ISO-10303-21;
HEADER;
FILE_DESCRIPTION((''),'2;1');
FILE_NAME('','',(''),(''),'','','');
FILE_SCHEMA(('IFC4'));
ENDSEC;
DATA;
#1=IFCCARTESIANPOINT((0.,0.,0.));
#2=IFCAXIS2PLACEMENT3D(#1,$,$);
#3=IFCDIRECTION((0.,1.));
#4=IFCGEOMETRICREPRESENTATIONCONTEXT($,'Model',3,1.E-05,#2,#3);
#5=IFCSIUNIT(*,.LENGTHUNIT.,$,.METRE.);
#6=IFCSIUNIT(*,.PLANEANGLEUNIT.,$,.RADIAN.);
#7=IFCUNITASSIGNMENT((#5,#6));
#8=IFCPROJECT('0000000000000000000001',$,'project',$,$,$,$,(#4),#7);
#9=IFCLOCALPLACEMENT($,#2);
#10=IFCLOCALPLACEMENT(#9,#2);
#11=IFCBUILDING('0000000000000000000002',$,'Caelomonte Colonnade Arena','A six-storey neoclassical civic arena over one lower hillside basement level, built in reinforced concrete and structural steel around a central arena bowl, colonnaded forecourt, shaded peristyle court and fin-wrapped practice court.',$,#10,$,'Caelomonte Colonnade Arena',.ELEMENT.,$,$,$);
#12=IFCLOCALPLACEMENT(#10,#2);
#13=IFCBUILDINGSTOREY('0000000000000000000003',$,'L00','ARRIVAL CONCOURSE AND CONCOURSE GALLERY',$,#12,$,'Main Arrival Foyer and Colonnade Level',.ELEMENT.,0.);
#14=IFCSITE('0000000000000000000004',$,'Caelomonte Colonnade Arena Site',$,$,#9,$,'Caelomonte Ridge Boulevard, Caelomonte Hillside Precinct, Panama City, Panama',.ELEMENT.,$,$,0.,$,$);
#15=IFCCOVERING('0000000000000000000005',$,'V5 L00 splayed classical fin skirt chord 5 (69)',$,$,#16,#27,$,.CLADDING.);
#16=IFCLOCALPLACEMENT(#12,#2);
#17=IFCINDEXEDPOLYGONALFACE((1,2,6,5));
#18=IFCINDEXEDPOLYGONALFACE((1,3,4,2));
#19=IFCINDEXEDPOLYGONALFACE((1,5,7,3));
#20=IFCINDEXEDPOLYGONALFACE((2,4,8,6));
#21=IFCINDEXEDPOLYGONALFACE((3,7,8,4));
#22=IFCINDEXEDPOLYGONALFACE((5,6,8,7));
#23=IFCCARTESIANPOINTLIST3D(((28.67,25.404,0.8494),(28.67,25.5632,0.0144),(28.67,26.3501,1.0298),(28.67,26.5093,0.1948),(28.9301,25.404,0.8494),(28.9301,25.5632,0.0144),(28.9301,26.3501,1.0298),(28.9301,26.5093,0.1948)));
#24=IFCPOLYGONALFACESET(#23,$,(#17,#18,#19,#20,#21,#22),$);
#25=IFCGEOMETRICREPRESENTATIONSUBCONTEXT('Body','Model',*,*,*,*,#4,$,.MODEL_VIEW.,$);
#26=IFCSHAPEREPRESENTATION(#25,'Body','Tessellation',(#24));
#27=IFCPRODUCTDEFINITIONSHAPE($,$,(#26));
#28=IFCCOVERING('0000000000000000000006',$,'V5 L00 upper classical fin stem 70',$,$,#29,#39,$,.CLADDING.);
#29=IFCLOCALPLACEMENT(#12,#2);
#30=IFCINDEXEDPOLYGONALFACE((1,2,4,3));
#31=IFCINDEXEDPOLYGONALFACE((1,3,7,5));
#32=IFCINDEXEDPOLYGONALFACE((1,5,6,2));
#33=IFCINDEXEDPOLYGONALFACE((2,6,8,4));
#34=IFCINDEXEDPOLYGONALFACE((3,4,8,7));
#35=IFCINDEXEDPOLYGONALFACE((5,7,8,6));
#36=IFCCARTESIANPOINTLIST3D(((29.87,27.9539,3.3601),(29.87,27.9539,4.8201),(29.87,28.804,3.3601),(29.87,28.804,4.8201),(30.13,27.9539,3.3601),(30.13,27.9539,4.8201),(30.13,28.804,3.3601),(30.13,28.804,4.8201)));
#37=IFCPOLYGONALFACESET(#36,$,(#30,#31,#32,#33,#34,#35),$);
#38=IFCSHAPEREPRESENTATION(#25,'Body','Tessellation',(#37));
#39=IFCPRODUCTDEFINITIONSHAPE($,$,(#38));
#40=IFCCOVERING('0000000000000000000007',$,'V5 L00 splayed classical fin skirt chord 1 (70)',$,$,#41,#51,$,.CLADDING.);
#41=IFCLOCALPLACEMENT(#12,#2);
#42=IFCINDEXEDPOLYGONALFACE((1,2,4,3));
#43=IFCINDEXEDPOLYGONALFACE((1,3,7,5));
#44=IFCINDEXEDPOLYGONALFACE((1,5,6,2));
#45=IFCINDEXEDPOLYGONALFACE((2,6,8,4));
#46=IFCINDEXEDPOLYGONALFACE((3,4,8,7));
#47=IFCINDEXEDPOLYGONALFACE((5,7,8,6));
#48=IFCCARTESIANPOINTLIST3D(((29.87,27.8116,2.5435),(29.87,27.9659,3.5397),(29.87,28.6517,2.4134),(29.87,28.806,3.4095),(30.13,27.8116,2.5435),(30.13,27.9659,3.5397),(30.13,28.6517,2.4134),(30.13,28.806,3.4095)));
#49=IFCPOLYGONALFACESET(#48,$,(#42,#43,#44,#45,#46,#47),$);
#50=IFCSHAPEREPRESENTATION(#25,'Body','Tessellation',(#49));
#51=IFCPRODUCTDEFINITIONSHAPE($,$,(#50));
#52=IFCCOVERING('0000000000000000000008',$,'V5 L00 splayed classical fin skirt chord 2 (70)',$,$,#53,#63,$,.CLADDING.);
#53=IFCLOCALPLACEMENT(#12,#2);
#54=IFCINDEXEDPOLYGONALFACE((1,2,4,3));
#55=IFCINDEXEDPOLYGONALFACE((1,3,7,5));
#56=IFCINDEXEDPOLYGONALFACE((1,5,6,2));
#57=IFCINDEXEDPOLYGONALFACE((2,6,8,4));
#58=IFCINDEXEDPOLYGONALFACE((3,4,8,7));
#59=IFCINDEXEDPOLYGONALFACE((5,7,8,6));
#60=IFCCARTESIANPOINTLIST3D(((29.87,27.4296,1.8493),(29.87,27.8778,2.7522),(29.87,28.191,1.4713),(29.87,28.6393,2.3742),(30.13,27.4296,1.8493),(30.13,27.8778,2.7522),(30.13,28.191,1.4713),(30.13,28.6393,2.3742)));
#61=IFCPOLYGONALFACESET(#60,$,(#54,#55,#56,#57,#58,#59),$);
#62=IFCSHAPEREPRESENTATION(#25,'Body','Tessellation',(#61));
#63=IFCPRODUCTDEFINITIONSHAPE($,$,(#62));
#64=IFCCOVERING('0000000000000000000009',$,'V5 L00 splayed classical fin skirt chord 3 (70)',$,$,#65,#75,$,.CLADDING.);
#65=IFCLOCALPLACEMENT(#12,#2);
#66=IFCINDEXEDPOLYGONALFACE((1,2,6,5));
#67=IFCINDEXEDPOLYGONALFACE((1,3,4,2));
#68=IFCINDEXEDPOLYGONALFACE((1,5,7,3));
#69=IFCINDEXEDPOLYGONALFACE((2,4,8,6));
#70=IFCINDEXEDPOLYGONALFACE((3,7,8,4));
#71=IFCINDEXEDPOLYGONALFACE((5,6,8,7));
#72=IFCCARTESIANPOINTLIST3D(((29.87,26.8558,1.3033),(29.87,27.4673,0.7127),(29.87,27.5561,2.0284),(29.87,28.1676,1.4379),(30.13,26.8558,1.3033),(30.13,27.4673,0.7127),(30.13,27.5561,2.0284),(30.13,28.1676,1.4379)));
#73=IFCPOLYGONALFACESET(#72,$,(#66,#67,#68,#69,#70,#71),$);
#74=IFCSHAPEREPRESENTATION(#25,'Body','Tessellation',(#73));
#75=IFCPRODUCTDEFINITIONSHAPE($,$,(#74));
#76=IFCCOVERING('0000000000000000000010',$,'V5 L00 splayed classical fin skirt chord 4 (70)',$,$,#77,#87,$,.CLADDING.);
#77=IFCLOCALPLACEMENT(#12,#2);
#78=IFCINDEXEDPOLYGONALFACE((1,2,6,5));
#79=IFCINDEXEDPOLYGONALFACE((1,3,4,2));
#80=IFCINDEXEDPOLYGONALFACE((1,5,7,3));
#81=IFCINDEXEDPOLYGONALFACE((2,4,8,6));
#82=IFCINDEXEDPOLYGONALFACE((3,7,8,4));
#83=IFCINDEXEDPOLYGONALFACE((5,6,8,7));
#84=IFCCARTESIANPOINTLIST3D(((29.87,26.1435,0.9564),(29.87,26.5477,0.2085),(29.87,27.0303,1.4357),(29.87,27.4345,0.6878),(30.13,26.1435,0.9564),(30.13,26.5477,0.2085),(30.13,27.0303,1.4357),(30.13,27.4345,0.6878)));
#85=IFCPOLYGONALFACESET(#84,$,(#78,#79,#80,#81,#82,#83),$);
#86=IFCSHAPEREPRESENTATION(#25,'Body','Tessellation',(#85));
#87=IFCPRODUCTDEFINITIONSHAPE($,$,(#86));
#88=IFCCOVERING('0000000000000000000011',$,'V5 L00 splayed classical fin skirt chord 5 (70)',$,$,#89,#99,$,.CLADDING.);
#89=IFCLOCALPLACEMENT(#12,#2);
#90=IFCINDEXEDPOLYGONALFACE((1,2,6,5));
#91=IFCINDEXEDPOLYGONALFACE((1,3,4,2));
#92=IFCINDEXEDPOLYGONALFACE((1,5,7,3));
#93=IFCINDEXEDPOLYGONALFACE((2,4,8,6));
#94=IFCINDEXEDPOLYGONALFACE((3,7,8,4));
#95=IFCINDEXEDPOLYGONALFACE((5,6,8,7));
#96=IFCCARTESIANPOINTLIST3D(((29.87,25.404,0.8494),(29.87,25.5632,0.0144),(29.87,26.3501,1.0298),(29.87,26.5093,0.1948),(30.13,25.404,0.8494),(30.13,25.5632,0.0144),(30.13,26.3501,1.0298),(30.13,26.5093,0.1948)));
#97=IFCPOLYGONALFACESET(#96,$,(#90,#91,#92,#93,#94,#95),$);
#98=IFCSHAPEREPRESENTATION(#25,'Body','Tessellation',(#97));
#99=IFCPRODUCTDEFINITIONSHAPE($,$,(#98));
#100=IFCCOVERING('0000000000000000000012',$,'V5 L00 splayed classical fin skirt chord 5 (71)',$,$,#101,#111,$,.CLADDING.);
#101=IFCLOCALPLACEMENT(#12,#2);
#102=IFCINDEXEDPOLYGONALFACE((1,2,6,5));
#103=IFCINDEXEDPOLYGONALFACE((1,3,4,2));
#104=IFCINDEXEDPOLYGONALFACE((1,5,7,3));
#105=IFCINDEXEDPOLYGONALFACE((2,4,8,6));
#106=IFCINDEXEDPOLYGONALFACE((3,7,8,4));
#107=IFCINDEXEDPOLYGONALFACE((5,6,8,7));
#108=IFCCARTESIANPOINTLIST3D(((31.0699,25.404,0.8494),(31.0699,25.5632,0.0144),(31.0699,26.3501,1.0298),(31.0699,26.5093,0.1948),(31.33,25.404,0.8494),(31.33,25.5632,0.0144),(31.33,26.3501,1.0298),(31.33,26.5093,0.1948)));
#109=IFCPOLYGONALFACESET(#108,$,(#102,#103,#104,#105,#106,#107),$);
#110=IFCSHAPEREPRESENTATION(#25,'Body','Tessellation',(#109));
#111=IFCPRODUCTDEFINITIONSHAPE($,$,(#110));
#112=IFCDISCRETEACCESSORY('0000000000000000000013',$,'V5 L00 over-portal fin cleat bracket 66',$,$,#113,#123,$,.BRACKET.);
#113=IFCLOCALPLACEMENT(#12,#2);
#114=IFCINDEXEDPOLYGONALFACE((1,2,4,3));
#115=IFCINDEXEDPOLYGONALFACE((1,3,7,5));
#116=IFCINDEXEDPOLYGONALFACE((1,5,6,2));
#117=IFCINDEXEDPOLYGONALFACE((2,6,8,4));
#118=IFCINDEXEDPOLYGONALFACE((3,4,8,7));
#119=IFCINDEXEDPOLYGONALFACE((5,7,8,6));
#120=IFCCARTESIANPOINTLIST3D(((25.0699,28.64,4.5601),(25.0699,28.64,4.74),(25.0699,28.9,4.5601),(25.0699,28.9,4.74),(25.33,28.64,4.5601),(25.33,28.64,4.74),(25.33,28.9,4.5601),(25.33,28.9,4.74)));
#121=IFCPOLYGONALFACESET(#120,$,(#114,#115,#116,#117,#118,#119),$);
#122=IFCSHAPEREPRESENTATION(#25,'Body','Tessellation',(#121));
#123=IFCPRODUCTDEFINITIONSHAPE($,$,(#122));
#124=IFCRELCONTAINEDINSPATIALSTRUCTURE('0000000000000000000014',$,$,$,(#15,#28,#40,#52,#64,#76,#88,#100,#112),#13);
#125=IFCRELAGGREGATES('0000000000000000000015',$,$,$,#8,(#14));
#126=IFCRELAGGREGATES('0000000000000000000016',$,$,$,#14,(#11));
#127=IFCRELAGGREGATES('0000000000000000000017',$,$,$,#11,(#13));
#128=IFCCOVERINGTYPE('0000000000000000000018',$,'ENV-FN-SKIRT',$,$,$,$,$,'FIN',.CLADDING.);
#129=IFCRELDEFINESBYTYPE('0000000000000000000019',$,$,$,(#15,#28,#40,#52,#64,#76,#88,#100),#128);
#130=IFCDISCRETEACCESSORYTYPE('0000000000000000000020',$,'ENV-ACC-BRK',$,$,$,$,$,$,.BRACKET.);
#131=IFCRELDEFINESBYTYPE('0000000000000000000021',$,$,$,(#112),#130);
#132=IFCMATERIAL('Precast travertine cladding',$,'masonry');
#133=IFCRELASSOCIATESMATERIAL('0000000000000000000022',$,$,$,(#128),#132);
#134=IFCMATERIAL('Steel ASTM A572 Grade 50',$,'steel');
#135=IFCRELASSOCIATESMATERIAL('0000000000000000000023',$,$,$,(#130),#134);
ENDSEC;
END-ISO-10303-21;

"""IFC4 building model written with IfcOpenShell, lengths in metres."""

from ifc_helpers import new_model, si_unit, direction, frame, origin, origin_2d, place, context, subcontext, project, spatial, rectangle, extrude, material, material_profile, profile_set, type_object, element, save


model = new_model("IFC4")

# Units and contexts
model_context = context("Model", 3, precision=1e-05, world=origin(), true_north=direction((0.0, 1.0)))
body_context = subcontext(model_context, "Body", "Model", "MODEL_VIEW")
ifc_project = project(units=[si_unit("LENGTHUNIT", "METRE"), si_unit("PLANEANGLEUNIT", "RADIAN")], contexts=[model_context])

# Site, building, storey
site_placement = place(None, origin())
site = spatial("IfcSite", under=ifc_project, at=site_placement, Name="Caelomonte Colonnade Arena Site", LongName="Caelomonte Ridge Boulevard, Caelomonte Hillside Precinct, Panama City, Panama", CompositionType="ELEMENT", RefElevation=0.0)
building_placement = place(site_placement, origin())
building = spatial("IfcBuilding", under=site, at=building_placement, Name="Caelomonte Colonnade Arena", Description="A six-storey neoclassical civic arena over one lower hillside basement level, built in reinforced concrete and structural steel around a central arena bowl, colonnaded forecourt, shaded peristyle court and fin-wrapped practice court.", LongName="Caelomonte Colonnade Arena", CompositionType="ELEMENT")
storey_placement = place(building_placement, origin())
storey = spatial("IfcBuildingStorey", under=building, at=storey_placement, Name="L00", Description="ARRIVAL CONCOURSE AND CONCOURSE GALLERY", LongName="Main Arrival Foyer and Colonnade Level", CompositionType="ELEMENT", Elevation=0.0)

# Coverings
ifc_material_1 = material(Name="Precast travertine cladding", Category="masonry")
ifc_material_profile = material_profile(ifc_material_1, rectangle(XDim=0.26, YDim=0.8501, at=origin_2d()), Name="FIN260X850")
ifc_profile_set = profile_set([ifc_material_profile], Name="Precast travertine cladding")
covering_type = type_object("IfcCoveringType", Name="ENV-FN-SKIRT", ElementType="FIN", PredefinedType="CLADDING", material=ifc_profile_set)
covering_1_placement = place(storey_placement, frame((28.8, 26.4297, 0.6123), z_axis=(0.0, -0.982296, -0.187333), x_axis=(-1.0, 0.0, 0.0)))
element("IfcCovering", 1, at=covering_1_placement, inside=storey, type_object=covering_type, Name="V5 L00 splayed classical fin skirt chord 5 (69)", PredefinedType="CLADDING", context=body_context, shape_type="SweptSolid", body=[
    extrude(rectangle(XDim=0.26, YDim=0.8501, at=origin_2d()), origin(), (0.0, 0.0, 1.0), 0.9631),
])
covering_2_placement = place(storey_placement, frame((30.0, 28.3789, 3.3601), z_axis=(0.0, 0.0, 1.0), x_axis=(-1.0, 0.0, 0.0)))
element("IfcCovering", 2, at=covering_2_placement, inside=storey, type_object=covering_type, Name="V5 L00 upper classical fin stem 70", PredefinedType="CLADDING", context=body_context, shape_type="SweptSolid", body=[
    extrude(rectangle(XDim=0.26, YDim=0.8501, at=origin_2d()), origin(), (0.0, 0.0, 1.0), 1.46),
])
for number, where, z_axis, x_axis, name in (
    (3, (30.0, 28.386, 3.4746), (0.0, -0.153076, -0.988214), (-1.0, 0.0, 0.0), "V5 L00 splayed classical fin skirt chord 1 (70)"),
    (4, (30.0, 28.2585, 2.5632), (0.0, -0.444693, -0.895683), (-1.0, 0.0, 0.0), "V5 L00 splayed classical fin skirt chord 2 (70)"),
    (5, (30.0, 27.8618, 1.7332), (0.0, -0.694646, -0.719351), (-1.0, 0.0, 0.0), "V5 L00 splayed classical fin skirt chord 3 (70)"),
    (6, (30.0, 27.2324, 1.0618), (0.0, -0.879731, -0.475471), (-1.0, 0.0, 0.0), "V5 L00 splayed classical fin skirt chord 4 (70)"),
):
    element("IfcCovering", number, at=place(storey_placement, frame(where, z_axis=z_axis, x_axis=x_axis)), inside=storey, type_object=covering_type, Name=name, PredefinedType="CLADDING", context=body_context, shape_type="SweptSolid", body=[
        extrude(rectangle(XDim=0.26, YDim=0.8501, at=origin_2d()), origin(), (0.0, 0.0, 1.0), 1.0081),
    ])
for number, where, z_axis, x_axis, name in (
    (7, (30.0, 26.4297, 0.6123), (0.0, -0.982296, -0.187333), (-1.0, 0.0, 0.0), "V5 L00 splayed classical fin skirt chord 5 (70)"),
    (8, (31.2, 26.4297, 0.6123), (0.0, -0.982296, -0.187333), (-1.0, 0.0, 0.0), "V5 L00 splayed classical fin skirt chord 5 (71)"),
):
    element("IfcCovering", number, at=place(storey_placement, frame(where, z_axis=z_axis, x_axis=x_axis)), inside=storey, type_object=covering_type, Name=name, PredefinedType="CLADDING", context=body_context, shape_type="SweptSolid", body=[
        extrude(rectangle(XDim=0.26, YDim=0.8501, at=origin_2d()), origin(), (0.0, 0.0, 1.0), 0.9631),
    ])

# Discrete accessory
ifc_material_2 = material(Name="Steel ASTM A572 Grade 50", Category="steel")
discrete_accessory_type = type_object("IfcDiscreteAccessoryType", Name="ENV-ACC-BRK", PredefinedType="BRACKET", material=ifc_material_2)
discrete_accessory_placement = place(storey_placement, frame((25.2, 28.77, 4.5601), z_axis=(0.0, 0.0, 1.0), x_axis=(1.0, 0.0, 0.0)))
element("IfcDiscreteAccessory", 9, at=discrete_accessory_placement, inside=storey, type_object=discrete_accessory_type, Name="V5 L00 over-portal fin cleat bracket 66", PredefinedType="BRACKET", context=body_context, shape_type="SweptSolid", body=[
    extrude(rectangle(XDim=0.26, YDim=0.26, at=origin_2d()), origin(), (0.0, 0.0, 1.0), 0.1799),
])

save(model, "model.ifc")
